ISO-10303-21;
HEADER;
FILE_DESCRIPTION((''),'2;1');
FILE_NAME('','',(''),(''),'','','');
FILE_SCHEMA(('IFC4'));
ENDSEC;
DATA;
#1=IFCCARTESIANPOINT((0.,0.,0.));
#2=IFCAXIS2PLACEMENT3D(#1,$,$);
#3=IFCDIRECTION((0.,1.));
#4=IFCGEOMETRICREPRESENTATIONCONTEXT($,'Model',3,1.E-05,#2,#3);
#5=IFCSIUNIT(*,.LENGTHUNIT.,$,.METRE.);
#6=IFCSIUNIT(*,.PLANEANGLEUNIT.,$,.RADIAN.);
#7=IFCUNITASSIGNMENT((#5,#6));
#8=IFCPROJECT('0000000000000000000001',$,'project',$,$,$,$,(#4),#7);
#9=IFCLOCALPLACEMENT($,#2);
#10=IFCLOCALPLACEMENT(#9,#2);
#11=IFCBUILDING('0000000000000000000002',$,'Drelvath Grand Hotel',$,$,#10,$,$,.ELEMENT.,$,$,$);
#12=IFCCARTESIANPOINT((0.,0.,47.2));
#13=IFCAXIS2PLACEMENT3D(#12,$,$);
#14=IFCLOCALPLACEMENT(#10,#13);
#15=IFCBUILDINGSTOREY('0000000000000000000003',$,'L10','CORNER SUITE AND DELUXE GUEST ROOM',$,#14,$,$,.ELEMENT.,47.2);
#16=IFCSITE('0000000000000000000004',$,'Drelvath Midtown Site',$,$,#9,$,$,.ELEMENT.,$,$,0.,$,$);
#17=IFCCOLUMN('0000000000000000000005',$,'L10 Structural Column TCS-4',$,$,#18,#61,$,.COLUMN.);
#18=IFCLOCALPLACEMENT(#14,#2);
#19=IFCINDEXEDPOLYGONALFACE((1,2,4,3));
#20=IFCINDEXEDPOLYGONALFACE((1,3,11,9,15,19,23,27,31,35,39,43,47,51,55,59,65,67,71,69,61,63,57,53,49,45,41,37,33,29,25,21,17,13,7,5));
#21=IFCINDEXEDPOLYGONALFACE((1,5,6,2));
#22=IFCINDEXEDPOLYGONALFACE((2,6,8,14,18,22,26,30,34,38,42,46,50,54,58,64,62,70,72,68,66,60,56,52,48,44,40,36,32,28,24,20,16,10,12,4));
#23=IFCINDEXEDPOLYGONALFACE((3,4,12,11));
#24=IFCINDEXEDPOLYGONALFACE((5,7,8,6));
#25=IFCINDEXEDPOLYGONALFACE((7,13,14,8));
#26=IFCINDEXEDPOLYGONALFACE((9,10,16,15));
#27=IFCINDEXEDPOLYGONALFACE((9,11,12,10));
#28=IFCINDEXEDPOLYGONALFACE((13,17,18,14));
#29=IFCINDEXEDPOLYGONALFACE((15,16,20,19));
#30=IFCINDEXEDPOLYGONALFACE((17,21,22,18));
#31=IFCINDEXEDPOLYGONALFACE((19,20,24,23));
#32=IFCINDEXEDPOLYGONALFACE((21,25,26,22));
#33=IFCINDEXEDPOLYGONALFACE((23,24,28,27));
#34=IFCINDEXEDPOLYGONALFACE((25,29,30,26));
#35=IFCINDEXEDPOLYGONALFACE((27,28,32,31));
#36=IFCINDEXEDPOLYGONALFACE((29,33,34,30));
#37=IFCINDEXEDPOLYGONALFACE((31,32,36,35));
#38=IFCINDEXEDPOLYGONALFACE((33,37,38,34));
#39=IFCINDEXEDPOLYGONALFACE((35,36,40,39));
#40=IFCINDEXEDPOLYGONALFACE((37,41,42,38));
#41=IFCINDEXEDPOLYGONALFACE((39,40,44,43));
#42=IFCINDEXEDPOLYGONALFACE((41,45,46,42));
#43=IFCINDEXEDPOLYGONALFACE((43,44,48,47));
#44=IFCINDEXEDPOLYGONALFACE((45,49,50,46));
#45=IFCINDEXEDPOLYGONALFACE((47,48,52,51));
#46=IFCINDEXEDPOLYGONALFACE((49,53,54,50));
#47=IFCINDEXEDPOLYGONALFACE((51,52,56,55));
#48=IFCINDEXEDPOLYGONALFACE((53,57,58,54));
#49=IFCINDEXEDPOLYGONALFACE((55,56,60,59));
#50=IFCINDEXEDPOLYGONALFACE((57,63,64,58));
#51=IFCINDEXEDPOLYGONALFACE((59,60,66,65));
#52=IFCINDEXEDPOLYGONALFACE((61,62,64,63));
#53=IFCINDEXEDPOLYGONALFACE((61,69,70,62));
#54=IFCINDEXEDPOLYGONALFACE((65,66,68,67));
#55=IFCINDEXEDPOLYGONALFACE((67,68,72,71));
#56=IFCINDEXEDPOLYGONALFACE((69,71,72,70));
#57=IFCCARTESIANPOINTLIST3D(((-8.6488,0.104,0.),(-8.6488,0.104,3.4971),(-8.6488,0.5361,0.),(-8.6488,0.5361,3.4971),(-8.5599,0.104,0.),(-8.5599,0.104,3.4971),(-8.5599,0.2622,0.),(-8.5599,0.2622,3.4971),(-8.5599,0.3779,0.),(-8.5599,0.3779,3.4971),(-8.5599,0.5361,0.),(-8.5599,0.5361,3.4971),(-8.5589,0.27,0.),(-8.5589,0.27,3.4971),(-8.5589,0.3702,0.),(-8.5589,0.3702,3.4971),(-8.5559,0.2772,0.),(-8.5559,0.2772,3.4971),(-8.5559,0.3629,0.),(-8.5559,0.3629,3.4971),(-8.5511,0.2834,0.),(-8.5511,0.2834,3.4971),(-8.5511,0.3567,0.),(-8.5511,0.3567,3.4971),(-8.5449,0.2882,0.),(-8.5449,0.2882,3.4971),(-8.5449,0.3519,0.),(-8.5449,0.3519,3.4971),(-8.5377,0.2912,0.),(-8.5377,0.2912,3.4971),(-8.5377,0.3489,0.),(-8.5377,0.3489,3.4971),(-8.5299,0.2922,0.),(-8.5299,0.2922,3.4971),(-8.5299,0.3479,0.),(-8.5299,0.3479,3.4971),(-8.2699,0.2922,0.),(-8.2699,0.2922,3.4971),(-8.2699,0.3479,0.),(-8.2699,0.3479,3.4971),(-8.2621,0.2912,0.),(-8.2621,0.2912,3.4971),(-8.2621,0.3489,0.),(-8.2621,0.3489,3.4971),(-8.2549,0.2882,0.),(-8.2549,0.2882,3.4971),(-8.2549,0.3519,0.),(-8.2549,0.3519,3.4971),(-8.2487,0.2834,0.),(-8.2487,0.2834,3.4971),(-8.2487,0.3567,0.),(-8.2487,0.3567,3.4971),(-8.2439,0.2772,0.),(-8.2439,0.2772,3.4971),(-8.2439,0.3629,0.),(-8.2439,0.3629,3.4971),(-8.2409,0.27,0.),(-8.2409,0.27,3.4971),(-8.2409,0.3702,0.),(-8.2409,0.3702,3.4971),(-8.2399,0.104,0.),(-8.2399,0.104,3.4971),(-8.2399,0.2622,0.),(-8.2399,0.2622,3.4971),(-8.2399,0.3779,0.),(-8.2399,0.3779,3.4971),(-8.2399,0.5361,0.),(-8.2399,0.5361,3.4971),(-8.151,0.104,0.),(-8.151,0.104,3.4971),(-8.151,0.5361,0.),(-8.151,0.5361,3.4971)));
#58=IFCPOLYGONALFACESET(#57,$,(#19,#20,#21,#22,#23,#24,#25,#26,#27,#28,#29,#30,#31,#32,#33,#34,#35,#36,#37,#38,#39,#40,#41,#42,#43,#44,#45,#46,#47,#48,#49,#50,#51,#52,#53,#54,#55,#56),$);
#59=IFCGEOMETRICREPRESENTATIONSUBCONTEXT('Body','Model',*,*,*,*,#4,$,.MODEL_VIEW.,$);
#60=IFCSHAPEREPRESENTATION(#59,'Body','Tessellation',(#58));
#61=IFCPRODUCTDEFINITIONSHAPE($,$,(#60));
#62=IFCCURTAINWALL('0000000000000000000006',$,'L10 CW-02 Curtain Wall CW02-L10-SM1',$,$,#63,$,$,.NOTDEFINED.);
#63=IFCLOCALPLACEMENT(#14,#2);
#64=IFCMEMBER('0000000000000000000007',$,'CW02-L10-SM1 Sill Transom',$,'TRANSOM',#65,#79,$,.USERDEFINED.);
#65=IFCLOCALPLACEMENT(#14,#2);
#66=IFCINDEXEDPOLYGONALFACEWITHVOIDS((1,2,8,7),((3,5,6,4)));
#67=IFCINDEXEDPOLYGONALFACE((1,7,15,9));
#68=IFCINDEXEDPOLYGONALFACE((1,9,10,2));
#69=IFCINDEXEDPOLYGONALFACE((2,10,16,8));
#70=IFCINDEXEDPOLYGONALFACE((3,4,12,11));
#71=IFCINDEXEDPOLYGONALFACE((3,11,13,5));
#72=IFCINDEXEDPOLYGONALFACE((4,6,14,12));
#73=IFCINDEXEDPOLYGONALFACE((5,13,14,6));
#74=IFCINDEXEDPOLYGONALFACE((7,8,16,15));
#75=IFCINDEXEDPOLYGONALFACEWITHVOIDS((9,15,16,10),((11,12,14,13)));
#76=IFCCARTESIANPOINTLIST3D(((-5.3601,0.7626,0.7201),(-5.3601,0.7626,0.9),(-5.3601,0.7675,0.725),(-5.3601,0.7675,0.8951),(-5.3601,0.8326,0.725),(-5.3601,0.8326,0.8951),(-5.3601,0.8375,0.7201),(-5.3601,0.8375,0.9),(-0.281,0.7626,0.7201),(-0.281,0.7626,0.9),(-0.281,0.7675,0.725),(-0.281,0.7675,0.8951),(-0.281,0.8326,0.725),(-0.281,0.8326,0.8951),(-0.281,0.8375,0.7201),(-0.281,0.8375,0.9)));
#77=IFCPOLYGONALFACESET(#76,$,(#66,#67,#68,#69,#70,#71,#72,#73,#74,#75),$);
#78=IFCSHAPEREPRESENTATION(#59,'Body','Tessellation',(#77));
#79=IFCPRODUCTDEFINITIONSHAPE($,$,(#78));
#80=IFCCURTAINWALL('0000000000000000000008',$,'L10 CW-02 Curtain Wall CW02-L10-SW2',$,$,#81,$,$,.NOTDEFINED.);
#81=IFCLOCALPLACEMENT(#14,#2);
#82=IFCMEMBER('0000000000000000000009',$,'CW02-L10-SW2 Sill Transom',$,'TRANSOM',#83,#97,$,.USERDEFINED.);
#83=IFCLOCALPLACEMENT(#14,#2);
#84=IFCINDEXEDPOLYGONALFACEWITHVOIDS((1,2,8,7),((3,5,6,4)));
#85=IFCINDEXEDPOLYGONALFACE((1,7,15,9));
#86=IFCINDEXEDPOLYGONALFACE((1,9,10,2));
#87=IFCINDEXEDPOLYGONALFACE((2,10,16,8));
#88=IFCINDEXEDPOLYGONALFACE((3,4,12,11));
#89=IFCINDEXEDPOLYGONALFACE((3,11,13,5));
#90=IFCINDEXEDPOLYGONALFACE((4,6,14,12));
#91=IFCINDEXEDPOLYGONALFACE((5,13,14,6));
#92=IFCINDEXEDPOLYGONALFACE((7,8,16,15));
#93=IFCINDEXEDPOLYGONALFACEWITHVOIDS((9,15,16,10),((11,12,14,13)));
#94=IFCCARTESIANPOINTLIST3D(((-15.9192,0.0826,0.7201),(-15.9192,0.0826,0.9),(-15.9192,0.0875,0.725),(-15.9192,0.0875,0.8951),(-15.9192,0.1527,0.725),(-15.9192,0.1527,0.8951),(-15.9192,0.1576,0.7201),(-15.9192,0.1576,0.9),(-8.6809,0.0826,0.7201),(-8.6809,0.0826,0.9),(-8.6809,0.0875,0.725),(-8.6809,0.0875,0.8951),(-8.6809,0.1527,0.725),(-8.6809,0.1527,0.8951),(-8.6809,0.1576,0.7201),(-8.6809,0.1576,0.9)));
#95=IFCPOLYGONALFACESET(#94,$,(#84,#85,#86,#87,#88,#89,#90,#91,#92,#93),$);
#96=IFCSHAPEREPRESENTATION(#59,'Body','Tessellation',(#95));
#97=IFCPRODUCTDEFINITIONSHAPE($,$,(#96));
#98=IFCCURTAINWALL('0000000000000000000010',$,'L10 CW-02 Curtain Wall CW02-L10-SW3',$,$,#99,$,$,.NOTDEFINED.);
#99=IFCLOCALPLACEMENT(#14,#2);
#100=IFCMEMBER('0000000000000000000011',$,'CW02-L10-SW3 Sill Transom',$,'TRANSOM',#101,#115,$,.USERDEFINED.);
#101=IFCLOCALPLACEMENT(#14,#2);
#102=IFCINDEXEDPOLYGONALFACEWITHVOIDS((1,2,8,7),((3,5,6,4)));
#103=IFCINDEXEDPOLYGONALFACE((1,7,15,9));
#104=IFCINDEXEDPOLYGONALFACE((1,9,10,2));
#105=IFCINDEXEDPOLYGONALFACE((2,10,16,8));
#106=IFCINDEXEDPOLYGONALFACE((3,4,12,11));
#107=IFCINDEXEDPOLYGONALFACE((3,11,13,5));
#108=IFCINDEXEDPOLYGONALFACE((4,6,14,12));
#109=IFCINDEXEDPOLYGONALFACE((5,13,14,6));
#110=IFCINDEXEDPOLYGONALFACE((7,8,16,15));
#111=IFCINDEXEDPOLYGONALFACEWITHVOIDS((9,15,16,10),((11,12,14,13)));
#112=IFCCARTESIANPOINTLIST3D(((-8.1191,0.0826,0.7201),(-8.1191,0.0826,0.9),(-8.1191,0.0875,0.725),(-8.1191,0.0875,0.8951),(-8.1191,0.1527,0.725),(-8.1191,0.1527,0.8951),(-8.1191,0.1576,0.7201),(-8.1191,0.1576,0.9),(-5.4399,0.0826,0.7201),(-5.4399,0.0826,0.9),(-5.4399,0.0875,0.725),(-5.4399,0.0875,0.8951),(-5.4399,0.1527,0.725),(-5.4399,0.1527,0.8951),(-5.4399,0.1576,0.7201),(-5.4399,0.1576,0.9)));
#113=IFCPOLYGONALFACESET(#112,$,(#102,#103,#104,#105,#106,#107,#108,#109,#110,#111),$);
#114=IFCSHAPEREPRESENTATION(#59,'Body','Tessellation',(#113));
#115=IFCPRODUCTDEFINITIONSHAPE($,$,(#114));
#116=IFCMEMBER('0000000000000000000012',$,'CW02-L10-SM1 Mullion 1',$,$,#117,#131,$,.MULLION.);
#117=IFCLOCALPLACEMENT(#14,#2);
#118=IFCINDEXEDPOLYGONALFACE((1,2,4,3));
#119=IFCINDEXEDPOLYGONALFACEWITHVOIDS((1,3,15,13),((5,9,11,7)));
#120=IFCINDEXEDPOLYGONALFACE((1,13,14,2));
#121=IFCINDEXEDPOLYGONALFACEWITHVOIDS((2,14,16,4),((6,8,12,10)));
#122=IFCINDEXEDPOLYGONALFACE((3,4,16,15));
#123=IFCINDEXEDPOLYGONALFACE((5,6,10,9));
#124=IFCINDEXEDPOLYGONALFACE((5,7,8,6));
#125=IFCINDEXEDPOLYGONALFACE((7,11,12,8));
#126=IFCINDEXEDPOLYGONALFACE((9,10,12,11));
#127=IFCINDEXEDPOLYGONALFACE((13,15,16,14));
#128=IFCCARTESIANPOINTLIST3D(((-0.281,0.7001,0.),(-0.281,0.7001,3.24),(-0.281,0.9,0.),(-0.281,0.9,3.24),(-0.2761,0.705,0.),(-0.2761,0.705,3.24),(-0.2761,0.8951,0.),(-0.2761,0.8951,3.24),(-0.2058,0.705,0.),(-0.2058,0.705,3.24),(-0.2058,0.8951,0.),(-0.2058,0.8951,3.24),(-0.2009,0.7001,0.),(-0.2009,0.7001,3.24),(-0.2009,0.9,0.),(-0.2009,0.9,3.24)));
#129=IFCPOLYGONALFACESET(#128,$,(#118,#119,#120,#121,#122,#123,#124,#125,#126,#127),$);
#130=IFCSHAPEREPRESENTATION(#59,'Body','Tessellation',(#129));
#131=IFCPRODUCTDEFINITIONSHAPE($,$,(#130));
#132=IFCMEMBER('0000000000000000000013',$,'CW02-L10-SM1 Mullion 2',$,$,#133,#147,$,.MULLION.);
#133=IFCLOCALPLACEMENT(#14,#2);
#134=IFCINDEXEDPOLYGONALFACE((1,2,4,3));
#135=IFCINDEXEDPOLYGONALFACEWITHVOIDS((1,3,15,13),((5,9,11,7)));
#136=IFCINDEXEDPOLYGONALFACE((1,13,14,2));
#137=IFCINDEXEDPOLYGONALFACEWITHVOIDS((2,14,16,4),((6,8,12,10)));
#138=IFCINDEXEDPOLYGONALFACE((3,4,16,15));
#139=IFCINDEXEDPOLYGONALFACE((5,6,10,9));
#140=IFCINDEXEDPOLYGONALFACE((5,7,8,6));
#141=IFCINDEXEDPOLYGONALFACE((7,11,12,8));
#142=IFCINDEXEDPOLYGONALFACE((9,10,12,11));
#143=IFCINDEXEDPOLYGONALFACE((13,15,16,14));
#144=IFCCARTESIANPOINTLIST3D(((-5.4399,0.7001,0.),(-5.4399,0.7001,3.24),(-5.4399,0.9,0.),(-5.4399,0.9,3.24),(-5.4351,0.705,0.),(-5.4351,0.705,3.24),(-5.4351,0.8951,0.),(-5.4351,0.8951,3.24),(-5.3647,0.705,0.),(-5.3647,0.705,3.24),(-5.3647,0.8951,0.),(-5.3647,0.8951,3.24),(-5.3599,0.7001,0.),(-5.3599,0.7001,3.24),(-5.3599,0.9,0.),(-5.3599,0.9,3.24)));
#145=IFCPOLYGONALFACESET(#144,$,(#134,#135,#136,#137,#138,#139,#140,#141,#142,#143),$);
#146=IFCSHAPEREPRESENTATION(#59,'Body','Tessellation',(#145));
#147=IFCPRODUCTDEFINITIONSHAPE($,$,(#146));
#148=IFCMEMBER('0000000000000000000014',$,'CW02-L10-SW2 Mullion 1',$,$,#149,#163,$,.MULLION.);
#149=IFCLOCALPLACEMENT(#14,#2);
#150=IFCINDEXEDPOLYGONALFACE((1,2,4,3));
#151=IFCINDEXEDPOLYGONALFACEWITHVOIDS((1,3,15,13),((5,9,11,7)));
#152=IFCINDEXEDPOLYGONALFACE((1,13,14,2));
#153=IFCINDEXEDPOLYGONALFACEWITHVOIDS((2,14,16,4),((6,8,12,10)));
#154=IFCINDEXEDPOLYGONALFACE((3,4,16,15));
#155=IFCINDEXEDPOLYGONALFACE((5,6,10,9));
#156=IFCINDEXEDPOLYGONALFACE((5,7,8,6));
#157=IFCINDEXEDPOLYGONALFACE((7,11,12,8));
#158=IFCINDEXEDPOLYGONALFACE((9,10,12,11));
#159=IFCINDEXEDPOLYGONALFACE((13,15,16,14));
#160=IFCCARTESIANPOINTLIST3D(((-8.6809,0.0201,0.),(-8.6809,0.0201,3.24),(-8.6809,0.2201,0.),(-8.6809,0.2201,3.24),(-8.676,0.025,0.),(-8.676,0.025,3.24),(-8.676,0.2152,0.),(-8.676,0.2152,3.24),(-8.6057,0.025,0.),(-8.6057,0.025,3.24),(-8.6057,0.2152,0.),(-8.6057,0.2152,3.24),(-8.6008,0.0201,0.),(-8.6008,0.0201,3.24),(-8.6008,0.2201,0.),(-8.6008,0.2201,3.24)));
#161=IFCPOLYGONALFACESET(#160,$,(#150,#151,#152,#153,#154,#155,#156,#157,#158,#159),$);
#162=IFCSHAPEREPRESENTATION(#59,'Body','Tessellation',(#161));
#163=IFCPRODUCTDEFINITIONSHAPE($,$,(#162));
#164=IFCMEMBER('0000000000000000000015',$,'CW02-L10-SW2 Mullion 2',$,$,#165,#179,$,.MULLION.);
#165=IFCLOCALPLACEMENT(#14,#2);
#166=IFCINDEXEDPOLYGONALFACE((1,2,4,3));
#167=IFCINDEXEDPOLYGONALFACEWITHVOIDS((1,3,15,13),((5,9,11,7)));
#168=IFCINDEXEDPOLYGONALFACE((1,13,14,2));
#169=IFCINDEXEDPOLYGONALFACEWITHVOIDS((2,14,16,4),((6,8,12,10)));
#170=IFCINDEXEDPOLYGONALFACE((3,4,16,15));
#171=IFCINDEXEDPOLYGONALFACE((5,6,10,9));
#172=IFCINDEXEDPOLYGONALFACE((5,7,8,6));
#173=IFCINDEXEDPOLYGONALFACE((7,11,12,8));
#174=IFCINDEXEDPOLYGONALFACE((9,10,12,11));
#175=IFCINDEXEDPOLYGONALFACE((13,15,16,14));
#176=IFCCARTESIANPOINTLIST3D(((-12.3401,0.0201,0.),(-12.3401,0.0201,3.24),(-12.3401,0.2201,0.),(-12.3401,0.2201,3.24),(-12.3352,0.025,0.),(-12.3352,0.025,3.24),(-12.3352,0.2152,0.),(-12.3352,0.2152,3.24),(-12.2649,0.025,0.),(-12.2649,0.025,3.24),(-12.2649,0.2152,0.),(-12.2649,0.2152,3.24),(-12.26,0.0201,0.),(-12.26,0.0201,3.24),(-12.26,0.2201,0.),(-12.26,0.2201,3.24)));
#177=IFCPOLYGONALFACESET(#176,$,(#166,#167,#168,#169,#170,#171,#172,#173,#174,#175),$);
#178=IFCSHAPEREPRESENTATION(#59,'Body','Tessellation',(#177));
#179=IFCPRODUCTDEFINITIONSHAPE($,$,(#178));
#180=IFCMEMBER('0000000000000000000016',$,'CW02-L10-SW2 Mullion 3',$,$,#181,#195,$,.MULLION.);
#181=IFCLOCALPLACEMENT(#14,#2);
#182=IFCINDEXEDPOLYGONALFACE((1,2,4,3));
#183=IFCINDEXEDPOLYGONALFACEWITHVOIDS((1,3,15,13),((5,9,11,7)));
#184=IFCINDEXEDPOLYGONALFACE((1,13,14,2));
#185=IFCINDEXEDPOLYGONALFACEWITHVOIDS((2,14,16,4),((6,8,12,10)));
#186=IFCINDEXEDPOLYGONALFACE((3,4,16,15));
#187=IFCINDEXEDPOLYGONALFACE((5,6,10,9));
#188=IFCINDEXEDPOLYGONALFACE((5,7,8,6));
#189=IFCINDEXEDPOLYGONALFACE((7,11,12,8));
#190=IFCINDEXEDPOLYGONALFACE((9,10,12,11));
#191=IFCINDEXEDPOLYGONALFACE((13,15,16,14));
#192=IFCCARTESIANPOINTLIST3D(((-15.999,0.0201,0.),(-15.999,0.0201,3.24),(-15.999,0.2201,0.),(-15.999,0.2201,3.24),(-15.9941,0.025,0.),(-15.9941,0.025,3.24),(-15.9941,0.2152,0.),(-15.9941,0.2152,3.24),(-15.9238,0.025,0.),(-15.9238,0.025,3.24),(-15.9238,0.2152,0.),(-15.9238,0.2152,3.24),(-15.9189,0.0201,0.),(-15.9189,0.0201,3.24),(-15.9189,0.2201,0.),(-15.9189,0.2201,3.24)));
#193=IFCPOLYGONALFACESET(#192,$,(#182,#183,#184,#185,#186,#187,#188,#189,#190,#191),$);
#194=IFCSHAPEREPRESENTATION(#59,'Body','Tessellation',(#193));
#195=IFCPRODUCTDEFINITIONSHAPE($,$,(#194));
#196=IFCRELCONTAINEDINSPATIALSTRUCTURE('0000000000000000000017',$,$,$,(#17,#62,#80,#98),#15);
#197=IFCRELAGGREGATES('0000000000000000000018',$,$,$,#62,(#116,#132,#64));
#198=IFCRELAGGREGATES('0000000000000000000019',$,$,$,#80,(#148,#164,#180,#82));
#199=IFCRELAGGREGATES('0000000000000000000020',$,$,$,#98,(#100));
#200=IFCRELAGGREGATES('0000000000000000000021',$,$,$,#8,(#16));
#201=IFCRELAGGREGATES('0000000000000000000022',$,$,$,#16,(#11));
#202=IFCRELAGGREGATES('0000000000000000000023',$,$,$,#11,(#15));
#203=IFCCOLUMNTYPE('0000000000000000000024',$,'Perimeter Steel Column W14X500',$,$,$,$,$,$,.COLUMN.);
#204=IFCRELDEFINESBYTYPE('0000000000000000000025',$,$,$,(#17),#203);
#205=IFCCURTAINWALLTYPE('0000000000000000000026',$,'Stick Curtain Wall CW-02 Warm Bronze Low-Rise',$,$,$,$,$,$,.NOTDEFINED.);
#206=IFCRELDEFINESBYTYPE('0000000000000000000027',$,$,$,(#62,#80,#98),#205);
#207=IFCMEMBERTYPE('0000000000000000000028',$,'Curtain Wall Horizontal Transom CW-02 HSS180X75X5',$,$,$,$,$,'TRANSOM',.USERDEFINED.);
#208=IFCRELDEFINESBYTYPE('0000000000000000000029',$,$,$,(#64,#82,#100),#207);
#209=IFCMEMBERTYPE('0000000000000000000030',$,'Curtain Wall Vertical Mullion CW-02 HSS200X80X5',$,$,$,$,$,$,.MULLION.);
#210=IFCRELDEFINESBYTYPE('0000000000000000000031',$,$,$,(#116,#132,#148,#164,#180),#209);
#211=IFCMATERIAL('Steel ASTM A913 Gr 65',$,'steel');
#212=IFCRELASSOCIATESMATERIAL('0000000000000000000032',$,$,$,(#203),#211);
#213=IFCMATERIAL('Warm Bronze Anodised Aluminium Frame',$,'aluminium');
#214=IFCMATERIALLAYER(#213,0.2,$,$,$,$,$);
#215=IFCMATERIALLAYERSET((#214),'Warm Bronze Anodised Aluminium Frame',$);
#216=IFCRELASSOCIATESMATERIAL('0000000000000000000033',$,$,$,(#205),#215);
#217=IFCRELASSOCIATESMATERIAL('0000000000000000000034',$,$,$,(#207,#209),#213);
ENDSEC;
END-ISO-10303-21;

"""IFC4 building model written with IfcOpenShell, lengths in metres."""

from ifc_helpers import new_model, si_unit, direction, frame, origin, origin_2d, place, context, subcontext, project, spatial, hollow_rectangle, i_section, extrude, material, layer, layer_set, material_profile, profile_set, type_object, element, aggregate, save


model = new_model("IFC4")

# Units and contexts
model_context = context("Model", 3, precision=1e-05, world=origin(), true_north=direction((0.0, 1.0)))
body_context = subcontext(model_context, "Body", "Model", "MODEL_VIEW")
ifc_project = project(units=[si_unit("LENGTHUNIT", "METRE"), si_unit("PLANEANGLEUNIT", "RADIAN")], contexts=[model_context])

# Site, building, storey
site_placement = place(None, origin())
site = spatial("IfcSite", under=ifc_project, at=site_placement, Name="Drelvath Midtown Site", CompositionType="ELEMENT", RefElevation=0.0)
building_placement = place(site_placement, origin())
building = spatial("IfcBuilding", under=site, at=building_placement, Name="Drelvath Grand Hotel", CompositionType="ELEMENT")
storey_placement = place(building_placement, frame((0.0, 0.0, 47.2)))
storey = spatial("IfcBuildingStorey", under=building, at=storey_placement, Name="L10", Description="CORNER SUITE AND DELUXE GUEST ROOM", CompositionType="ELEMENT", Elevation=47.2)

# Column
ifc_material_1 = material(Name="Steel ASTM A913 Gr 65", Category="steel")
ifc_material_profile_1 = material_profile(ifc_material_1, i_section(OverallWidth=0.4321, OverallDepth=0.4978, WebThickness=0.0557, FlangeThickness=0.0889, FilletRadius=0.03, at=origin_2d()), Name="W14X500")
ifc_profile_set_1 = profile_set([ifc_material_profile_1], Name="Steel ASTM A913 Gr 65")
column_type = type_object("IfcColumnType", Name="Perimeter Steel Column W14X500", PredefinedType="COLUMN", material=ifc_profile_set_1)
column_placement = place(storey_placement, frame((-8.3999, 0.3201, 0.0), z_axis=(0.0, 0.0, 1.0), x_axis=(0.0, 1.0, 0.0)))
element("IfcColumn", 1, at=column_placement, inside=storey, type_object=column_type, Name="L10 Structural Column TCS-4", PredefinedType="COLUMN", context=body_context, shape_type="SweptSolid", body=[
    extrude(i_section(OverallWidth=0.4321, OverallDepth=0.4978, WebThickness=0.0557, FlangeThickness=0.0889, FilletRadius=0.03, at=origin_2d()), origin(), (0.0, 0.0, 1.0), 3.4971),
])

# Curtain walls, members
ifc_material_2 = material(Name="Warm Bronze Anodised Aluminium Frame", Category="aluminium")
ifc_layer_1 = layer(ifc_material_2, 0.2)
ifc_layer_set_1 = layer_set([ifc_layer_1], Name="Warm Bronze Anodised Aluminium Frame")
curtain_wall_type = type_object("IfcCurtainWallType", Name="Stick Curtain Wall CW-02 Warm Bronze Low-Rise", PredefinedType="NOTDEFINED", material=ifc_layer_set_1)
curtain_wall_1_placement = place(storey_placement, origin())
curtain_wall_1 = element("IfcCurtainWall", 2, at=curtain_wall_1_placement, inside=storey, type_object=curtain_wall_type, Name="L10 CW-02 Curtain Wall CW02-L10-SM1", PredefinedType="NOTDEFINED")
ifc_material_profile_2 = material_profile(ifc_material_2, hollow_rectangle(XDim=0.075, YDim=0.1799, WallThickness=0.0049, at=origin_2d()), Name="HSS180X75X5")
ifc_profile_set_2 = profile_set([ifc_material_profile_2], Name="Warm Bronze Anodised Aluminium Frame")
member_type_1 = type_object("IfcMemberType", Name="Curtain Wall Horizontal Transom CW-02 HSS180X75X5", ElementType="TRANSOM", PredefinedType="USERDEFINED", material=ifc_profile_set_2)
member_1_placement = place(storey_placement, frame((-0.281, 0.8, 0.8101), z_axis=(-1.0, 0.0, 0.0), x_axis=(0.0, -1.0, 0.0)))
member_1 = element("IfcMember", 3, at=member_1_placement, type_object=member_type_1, Name="CW02-L10-SM1 Sill Transom", ObjectType="TRANSOM", PredefinedType="USERDEFINED", context=body_context, shape_type="SweptSolid", body=[
    extrude(hollow_rectangle(XDim=0.075, YDim=0.1799, WallThickness=0.0049, at=origin_2d()), origin(), (0.0, 0.0, 1.0), 5.0791),
])
curtain_wall_2_placement = place(storey_placement, origin())
curtain_wall_2 = element("IfcCurtainWall", 4, at=curtain_wall_2_placement, inside=storey, type_object=curtain_wall_type, Name="L10 CW-02 Curtain Wall CW02-L10-SW2", PredefinedType="NOTDEFINED")
member_2_placement = place(storey_placement, frame((-8.6809, 0.1201, 0.8101), z_axis=(-1.0, 0.0, 0.0), x_axis=(0.0, -1.0, 0.0)))
member_2 = element("IfcMember", 5, at=member_2_placement, type_object=member_type_1, Name="CW02-L10-SW2 Sill Transom", ObjectType="TRANSOM", PredefinedType="USERDEFINED", context=body_context, shape_type="SweptSolid", body=[
    extrude(hollow_rectangle(XDim=0.075, YDim=0.1799, WallThickness=0.0049, at=origin_2d()), origin(), (0.0, 0.0, 1.0), 7.2383),
])
curtain_wall_3_placement = place(storey_placement, origin())
curtain_wall_3 = element("IfcCurtainWall", 6, at=curtain_wall_3_placement, inside=storey, type_object=curtain_wall_type, Name="L10 CW-02 Curtain Wall CW02-L10-SW3", PredefinedType="NOTDEFINED")
member_3_placement = place(storey_placement, frame((-5.4399, 0.1201, 0.8101), z_axis=(-1.0, 0.0, 0.0), x_axis=(0.0, -1.0, 0.0)))
member_3 = element("IfcMember", 7, at=member_3_placement, type_object=member_type_1, Name="CW02-L10-SW3 Sill Transom", ObjectType="TRANSOM", PredefinedType="USERDEFINED", context=body_context, shape_type="SweptSolid", body=[
    extrude(hollow_rectangle(XDim=0.075, YDim=0.1799, WallThickness=0.0049, at=origin_2d()), origin(), (0.0, 0.0, 1.0), 2.6792),
])

# Members
ifc_material_profile_3 = material_profile(ifc_material_2, hollow_rectangle(XDim=0.0801, YDim=0.2, WallThickness=0.0049, at=origin_2d()), Name="HSS200X80X5")
ifc_profile_set_3 = profile_set([ifc_material_profile_3], Name="Warm Bronze Anodised Aluminium Frame")
member_type_2 = type_object("IfcMemberType", Name="Curtain Wall Vertical Mullion CW-02 HSS200X80X5", PredefinedType="MULLION", material=ifc_profile_set_3)
member_4_placement = place(storey_placement, frame((-0.241, 0.8, 0.0), z_axis=(0.0, 0.0, 1.0), x_axis=(1.0, 0.0, 0.0)))
member_4 = element("IfcMember", 8, at=member_4_placement, type_object=member_type_2, Name="CW02-L10-SM1 Mullion 1", PredefinedType="MULLION", context=body_context, shape_type="SweptSolid", body=[
    extrude(hollow_rectangle(XDim=0.0801, YDim=0.2, WallThickness=0.0049, at=origin_2d()), origin(), (0.0, 0.0, 1.0), 3.24),
])
member_5_placement = place(storey_placement, frame((-5.3999, 0.8, 0.0), z_axis=(0.0, 0.0, 1.0), x_axis=(1.0, 0.0, 0.0)))
member_5 = element("IfcMember", 9, at=member_5_placement, type_object=member_type_2, Name="CW02-L10-SM1 Mullion 2", PredefinedType="MULLION", context=body_context, shape_type="SweptSolid", body=[
    extrude(hollow_rectangle(XDim=0.0801, YDim=0.2, WallThickness=0.0049, at=origin_2d()), origin(), (0.0, 0.0, 1.0), 3.24),
])
member_6_placement = place(storey_placement, frame((-8.6409, 0.1201, 0.0), z_axis=(0.0, 0.0, 1.0), x_axis=(1.0, 0.0, 0.0)))
member_6 = element("IfcMember", 10, at=member_6_placement, type_object=member_type_2, Name="CW02-L10-SW2 Mullion 1", PredefinedType="MULLION", context=body_context, shape_type="SweptSolid", body=[
    extrude(hollow_rectangle(XDim=0.0801, YDim=0.2, WallThickness=0.0049, at=origin_2d()), origin(), (0.0, 0.0, 1.0), 3.24),
])
member_7_placement = place(storey_placement, frame((-12.3, 0.1201, 0.0), z_axis=(0.0, 0.0, 1.0), x_axis=(1.0, 0.0, 0.0)))
member_7 = element("IfcMember", 11, at=member_7_placement, type_object=member_type_2, Name="CW02-L10-SW2 Mullion 2", PredefinedType="MULLION", context=body_context, shape_type="SweptSolid", body=[
    extrude(hollow_rectangle(XDim=0.0801, YDim=0.2, WallThickness=0.0049, at=origin_2d()), origin(), (0.0, 0.0, 1.0), 3.24),
])
member_8_placement = place(storey_placement, frame((-15.959, 0.1201, 0.0), z_axis=(0.0, 0.0, 1.0), x_axis=(1.0, 0.0, 0.0)))
member_8 = element("IfcMember", 12, at=member_8_placement, type_object=member_type_2, Name="CW02-L10-SW2 Mullion 3", PredefinedType="MULLION", context=body_context, shape_type="SweptSolid", body=[
    extrude(hollow_rectangle(XDim=0.0801, YDim=0.2, WallThickness=0.0049, at=origin_2d()), origin(), (0.0, 0.0, 1.0), 3.24),
])

aggregate(curtain_wall_1, [member_4, member_5, member_1])
aggregate(curtain_wall_2, [member_6, member_7, member_8, member_2])
aggregate(curtain_wall_3, [member_3])

save(model, "model.ifc")
